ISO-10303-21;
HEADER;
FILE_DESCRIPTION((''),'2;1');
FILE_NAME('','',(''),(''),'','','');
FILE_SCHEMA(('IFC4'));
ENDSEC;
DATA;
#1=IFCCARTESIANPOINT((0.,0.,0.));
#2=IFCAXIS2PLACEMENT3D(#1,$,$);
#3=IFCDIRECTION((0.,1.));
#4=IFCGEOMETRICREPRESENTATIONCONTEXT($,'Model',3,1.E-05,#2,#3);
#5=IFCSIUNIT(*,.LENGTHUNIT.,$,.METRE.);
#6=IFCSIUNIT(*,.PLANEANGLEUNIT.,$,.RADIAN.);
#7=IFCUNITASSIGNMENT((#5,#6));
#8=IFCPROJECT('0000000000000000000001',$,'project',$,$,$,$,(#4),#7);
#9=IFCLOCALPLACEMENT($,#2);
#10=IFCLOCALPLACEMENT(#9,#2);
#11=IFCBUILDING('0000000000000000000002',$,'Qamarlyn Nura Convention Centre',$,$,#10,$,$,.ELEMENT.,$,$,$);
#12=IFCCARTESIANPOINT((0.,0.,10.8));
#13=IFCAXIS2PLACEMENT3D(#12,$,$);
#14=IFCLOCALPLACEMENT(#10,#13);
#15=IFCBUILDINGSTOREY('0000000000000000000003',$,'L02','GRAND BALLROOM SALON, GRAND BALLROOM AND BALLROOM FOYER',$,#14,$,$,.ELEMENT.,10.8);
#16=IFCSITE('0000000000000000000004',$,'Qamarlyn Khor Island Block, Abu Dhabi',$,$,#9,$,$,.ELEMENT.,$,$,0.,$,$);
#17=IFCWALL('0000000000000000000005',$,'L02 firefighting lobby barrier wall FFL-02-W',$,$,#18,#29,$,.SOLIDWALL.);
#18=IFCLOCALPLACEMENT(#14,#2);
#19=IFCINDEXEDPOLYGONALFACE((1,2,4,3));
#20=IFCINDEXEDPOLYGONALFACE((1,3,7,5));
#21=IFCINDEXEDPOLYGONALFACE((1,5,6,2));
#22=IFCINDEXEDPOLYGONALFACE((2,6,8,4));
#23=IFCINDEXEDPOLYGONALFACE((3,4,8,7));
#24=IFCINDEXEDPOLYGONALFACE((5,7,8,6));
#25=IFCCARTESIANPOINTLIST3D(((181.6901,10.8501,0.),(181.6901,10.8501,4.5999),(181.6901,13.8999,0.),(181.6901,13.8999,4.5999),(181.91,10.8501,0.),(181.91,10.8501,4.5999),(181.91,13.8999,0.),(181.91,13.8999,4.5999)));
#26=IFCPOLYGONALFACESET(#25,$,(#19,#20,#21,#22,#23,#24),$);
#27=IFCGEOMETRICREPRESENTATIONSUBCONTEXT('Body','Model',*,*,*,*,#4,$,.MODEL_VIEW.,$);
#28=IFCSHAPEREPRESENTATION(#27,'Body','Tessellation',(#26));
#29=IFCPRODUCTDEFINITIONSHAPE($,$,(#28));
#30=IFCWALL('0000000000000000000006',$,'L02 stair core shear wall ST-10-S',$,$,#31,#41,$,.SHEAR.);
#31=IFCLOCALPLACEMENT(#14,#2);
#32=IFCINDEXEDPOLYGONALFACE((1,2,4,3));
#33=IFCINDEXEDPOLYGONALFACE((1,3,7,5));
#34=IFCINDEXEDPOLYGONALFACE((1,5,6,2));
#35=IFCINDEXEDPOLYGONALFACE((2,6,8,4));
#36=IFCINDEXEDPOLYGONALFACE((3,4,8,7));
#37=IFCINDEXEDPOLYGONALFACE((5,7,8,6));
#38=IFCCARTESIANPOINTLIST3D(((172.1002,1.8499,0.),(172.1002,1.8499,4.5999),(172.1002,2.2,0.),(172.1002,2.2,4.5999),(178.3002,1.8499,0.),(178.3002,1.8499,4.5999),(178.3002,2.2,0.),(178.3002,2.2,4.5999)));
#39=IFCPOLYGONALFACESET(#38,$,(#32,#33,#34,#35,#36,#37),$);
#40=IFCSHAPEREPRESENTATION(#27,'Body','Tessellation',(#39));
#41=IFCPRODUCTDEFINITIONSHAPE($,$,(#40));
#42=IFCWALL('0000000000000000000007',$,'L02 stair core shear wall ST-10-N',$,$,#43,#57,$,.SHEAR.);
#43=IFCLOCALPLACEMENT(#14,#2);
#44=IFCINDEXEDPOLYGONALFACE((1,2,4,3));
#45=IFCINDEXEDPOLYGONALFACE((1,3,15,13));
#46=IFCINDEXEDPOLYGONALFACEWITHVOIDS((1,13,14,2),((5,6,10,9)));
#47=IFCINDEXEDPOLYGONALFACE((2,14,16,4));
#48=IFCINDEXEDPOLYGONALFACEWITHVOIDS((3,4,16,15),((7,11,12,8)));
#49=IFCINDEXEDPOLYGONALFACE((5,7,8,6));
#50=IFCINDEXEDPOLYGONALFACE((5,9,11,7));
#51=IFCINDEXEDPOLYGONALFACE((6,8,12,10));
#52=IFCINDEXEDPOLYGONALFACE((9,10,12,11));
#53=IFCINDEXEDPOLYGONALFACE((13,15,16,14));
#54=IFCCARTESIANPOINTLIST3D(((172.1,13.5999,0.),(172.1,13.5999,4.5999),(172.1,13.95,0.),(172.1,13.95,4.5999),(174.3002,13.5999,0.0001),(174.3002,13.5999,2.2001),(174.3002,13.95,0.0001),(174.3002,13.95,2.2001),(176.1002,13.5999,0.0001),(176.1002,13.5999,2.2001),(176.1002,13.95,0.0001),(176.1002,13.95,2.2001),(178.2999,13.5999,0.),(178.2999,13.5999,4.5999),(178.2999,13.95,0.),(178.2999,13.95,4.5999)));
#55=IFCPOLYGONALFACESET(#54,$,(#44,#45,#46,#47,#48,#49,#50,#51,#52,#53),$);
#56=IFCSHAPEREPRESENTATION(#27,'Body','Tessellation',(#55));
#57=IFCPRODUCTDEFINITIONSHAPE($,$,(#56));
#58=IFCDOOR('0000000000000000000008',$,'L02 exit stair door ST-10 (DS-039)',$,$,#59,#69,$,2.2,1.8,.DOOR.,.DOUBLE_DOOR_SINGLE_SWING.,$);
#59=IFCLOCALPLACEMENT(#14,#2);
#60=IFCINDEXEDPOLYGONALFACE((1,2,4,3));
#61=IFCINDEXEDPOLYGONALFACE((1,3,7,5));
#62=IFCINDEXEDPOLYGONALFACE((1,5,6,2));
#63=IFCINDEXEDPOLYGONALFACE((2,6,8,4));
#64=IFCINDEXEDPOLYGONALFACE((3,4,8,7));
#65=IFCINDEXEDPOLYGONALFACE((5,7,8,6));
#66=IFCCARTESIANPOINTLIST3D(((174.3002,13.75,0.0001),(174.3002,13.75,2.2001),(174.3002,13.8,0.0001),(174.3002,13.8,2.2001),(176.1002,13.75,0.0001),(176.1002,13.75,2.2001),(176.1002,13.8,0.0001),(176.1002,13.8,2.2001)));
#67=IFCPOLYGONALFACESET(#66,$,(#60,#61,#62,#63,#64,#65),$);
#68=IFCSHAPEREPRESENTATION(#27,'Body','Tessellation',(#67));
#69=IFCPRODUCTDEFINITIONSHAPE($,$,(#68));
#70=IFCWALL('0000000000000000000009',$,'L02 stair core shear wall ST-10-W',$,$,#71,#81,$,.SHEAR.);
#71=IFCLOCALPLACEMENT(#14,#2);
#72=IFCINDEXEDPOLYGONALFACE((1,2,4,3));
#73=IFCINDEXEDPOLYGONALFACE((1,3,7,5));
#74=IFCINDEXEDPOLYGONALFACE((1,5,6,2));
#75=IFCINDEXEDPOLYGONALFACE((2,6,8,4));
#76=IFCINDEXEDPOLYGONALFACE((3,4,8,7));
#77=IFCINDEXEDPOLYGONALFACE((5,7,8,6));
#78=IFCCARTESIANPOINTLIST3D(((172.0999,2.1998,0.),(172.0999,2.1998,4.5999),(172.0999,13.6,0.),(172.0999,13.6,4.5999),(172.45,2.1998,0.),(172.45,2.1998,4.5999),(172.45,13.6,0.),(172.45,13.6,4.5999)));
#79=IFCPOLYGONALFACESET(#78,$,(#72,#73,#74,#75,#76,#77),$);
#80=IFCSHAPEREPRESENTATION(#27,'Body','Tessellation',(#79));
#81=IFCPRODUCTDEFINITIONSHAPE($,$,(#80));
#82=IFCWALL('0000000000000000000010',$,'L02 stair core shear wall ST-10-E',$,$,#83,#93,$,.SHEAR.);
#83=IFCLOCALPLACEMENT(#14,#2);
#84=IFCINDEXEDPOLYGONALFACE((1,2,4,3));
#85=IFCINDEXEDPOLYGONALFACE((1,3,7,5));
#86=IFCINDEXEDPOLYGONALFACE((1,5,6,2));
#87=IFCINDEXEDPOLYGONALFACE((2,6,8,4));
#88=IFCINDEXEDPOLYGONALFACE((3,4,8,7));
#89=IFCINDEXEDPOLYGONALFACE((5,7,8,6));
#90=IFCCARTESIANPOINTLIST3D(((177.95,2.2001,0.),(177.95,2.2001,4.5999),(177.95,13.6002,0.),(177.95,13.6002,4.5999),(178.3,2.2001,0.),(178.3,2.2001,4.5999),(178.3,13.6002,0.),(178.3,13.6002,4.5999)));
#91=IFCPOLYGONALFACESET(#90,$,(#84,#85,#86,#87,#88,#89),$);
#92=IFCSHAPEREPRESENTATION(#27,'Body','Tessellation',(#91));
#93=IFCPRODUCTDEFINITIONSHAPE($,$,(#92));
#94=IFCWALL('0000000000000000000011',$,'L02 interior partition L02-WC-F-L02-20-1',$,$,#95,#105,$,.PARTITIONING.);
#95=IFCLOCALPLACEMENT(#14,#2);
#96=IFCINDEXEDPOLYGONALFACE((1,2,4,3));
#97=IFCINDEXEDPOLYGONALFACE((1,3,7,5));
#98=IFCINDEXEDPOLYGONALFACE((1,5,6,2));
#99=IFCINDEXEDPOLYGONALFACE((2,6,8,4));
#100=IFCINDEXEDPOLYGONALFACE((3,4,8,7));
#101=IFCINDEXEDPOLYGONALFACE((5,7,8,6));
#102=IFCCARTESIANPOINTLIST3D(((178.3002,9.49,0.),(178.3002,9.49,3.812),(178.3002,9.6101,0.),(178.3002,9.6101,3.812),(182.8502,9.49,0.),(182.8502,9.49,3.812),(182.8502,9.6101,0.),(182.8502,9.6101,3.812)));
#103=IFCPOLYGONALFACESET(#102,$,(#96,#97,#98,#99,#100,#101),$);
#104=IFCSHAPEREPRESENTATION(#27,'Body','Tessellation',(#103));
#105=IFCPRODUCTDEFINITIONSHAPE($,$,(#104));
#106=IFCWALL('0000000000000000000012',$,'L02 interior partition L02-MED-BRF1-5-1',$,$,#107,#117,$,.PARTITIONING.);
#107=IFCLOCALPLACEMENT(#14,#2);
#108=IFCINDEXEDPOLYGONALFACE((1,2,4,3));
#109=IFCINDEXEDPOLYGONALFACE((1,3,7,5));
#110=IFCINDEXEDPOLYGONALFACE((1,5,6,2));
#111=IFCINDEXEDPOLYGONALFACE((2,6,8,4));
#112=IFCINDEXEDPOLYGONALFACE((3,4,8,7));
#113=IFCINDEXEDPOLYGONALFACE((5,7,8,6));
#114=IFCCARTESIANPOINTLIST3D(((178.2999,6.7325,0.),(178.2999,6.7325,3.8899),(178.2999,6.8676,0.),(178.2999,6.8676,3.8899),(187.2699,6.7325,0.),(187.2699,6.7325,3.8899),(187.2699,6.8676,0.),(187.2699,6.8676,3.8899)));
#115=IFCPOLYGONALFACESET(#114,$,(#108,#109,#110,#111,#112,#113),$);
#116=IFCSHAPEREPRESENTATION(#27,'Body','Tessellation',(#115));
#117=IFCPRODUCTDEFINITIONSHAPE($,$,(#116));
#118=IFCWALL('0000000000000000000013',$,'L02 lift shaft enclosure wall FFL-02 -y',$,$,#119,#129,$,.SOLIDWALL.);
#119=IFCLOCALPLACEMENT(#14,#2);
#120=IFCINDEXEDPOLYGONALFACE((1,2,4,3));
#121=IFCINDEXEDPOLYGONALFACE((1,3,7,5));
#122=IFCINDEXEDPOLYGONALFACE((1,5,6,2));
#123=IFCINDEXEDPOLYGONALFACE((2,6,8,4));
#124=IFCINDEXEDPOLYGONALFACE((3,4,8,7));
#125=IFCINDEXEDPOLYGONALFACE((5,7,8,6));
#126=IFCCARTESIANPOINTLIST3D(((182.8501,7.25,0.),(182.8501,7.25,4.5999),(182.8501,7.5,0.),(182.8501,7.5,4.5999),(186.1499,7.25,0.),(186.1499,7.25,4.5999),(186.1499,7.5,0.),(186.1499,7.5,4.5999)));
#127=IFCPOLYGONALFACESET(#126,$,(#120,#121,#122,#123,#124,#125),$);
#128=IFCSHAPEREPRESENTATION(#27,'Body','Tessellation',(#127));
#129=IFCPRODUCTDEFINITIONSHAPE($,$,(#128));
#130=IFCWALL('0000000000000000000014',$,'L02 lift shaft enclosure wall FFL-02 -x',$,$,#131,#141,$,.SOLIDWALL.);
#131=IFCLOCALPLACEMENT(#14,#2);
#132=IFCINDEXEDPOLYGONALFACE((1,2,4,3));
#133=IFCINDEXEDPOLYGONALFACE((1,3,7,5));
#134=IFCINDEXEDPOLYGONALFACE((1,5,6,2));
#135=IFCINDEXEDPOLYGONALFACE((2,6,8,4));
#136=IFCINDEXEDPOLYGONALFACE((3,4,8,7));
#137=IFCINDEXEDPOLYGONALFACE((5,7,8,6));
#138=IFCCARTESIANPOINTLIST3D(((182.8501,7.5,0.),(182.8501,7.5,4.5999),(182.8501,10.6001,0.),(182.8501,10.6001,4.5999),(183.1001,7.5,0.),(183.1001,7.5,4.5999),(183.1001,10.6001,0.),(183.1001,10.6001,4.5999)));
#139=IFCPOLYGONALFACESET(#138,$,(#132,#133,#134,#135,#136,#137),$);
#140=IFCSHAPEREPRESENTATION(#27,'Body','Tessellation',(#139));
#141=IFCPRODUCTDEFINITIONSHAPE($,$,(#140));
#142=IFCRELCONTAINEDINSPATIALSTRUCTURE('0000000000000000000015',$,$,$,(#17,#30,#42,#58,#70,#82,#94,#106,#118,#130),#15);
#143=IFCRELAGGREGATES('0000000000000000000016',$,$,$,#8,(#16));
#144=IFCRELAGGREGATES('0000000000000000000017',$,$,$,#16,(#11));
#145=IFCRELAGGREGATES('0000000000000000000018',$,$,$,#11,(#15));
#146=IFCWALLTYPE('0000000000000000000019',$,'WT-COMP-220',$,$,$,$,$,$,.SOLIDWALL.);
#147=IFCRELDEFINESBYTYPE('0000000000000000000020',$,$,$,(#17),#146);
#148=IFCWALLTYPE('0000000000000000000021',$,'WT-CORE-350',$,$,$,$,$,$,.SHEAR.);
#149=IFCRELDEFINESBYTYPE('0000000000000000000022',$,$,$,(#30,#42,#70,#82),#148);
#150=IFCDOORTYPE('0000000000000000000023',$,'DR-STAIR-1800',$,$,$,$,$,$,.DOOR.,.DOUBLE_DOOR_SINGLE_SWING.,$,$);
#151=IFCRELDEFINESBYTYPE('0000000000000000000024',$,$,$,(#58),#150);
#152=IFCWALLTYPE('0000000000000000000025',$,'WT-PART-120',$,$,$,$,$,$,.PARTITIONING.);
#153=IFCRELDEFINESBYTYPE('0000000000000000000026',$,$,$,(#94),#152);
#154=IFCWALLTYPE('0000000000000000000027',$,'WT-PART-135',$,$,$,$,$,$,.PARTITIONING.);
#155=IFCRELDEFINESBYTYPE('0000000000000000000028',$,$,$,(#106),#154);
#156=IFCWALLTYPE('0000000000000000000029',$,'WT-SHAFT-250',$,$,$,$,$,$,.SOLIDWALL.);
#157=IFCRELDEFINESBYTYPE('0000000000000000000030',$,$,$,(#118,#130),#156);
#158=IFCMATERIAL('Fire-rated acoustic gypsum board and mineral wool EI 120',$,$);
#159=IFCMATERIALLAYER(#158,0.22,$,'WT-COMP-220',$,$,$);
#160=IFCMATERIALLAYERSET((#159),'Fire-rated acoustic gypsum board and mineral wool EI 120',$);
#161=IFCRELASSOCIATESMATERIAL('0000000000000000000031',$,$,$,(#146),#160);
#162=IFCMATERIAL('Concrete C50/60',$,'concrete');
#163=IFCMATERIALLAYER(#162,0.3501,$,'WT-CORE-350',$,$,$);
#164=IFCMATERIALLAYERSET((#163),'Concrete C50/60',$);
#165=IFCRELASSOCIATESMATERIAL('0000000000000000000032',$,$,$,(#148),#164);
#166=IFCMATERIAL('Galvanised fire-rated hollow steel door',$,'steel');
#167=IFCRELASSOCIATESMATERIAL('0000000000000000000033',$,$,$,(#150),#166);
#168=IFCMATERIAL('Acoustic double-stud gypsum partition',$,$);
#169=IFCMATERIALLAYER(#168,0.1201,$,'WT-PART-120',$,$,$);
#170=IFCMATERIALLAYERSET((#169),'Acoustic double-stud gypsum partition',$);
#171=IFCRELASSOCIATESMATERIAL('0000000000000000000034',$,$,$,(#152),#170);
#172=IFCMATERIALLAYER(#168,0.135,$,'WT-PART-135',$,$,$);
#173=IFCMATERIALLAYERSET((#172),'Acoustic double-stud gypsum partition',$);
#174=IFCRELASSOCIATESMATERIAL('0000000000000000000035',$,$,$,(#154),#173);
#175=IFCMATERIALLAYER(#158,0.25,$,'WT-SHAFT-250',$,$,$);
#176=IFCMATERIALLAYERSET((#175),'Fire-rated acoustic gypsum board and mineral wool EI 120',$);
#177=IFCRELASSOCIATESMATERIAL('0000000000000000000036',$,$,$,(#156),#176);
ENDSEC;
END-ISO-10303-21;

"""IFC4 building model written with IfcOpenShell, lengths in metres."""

from ifc_helpers import new_model, si_unit, direction, frame, frame_2d, origin, place, context, subcontext, project, spatial, rectangle, extrude, material, layer, layer_set, type_object, element, fill, save


model = new_model("IFC4")

# Units and contexts
model_context = context("Model", 3, precision=1e-05, world=origin(), true_north=direction((0.0, 1.0)))
body_context = subcontext(model_context, "Body", "Model", "MODEL_VIEW")
ifc_project = project(units=[si_unit("LENGTHUNIT", "METRE"), si_unit("PLANEANGLEUNIT", "RADIAN")], contexts=[model_context])

# Site, building, storey
site_placement = place(None, origin())
site = spatial("IfcSite", under=ifc_project, at=site_placement, Name="Qamarlyn Khor Island Block, Abu Dhabi", CompositionType="ELEMENT", RefElevation=0.0)
building_placement = place(site_placement, origin())
building = spatial("IfcBuilding", under=site, at=building_placement, Name="Qamarlyn Nura Convention Centre", CompositionType="ELEMENT")
storey_placement = place(building_placement, frame((0.0, 0.0, 10.8)))
storey = spatial("IfcBuildingStorey", under=building, at=storey_placement, Name="L02", Description="GRAND BALLROOM SALON, GRAND BALLROOM AND BALLROOM FOYER", CompositionType="ELEMENT", Elevation=10.8)

# Walls
ifc_material_1 = material(Name="Fire-rated acoustic gypsum board and mineral wool EI 120")
ifc_layer_1 = layer(ifc_material_1, 0.22, Name="WT-COMP-220")
ifc_layer_set_1 = layer_set([ifc_layer_1], Name="Fire-rated acoustic gypsum board and mineral wool EI 120")
wall_type_1 = type_object("IfcWallType", Name="WT-COMP-220", PredefinedType="SOLIDWALL", material=ifc_layer_set_1)
wall_1_placement = place(storey_placement, frame((181.8, 10.8501, 0.0), z_axis=(0.0, 0.0, 1.0), x_axis=(0.0, 1.0, 0.0)))
element("IfcWall", 1, at=wall_1_placement, inside=storey, type_object=wall_type_1, Name="L02 firefighting lobby barrier wall FFL-02-W", PredefinedType="SOLIDWALL", context=body_context, shape_type="SweptSolid", body=[
    extrude(rectangle(XDim=3.0498, YDim=0.22, at=frame_2d((1.5249, 0.0))), origin(), (0.0, 0.0, 1.0), 4.5999),
])
ifc_material_2 = material(Name="Concrete C50/60", Category="concrete")
ifc_layer_2 = layer(ifc_material_2, 0.3501, Name="WT-CORE-350")
ifc_layer_set_2 = layer_set([ifc_layer_2], Name="Concrete C50/60")
wall_type_2 = type_object("IfcWallType", Name="WT-CORE-350", PredefinedType="SHEAR", material=ifc_layer_set_2)
wall_2_placement = place(storey_placement, frame((172.1001, 2.0249, 0.0), z_axis=(0.0, 0.0, 1.0), x_axis=(1.0, 0.0, 0.0)))
element("IfcWall", 2, at=wall_2_placement, inside=storey, type_object=wall_type_2, Name="L02 stair core shear wall ST-10-S", PredefinedType="SHEAR", context=body_context, shape_type="SweptSolid", body=[
    extrude(rectangle(XDim=6.2, YDim=0.3501, at=frame_2d((3.1001, 0.0))), origin(), (0.0, 0.0, 1.0), 4.5999),
])

# Wall, opening, door
wall_3_placement = place(storey_placement, frame((178.3, 13.7749, 0.0), z_axis=(0.0, 0.0, 1.0), x_axis=(-1.0, 0.0, 0.0)))
wall_3 = element("IfcWall", 3, at=wall_3_placement, inside=storey, type_object=wall_type_2, Name="L02 stair core shear wall ST-10-N", PredefinedType="SHEAR", context=body_context, shape_type="SweptSolid", body=[
    extrude(rectangle(XDim=6.2, YDim=0.3501, at=frame_2d((3.1001, 0.0))), origin(), (0.0, 0.0, 1.0), 4.5999),
])
opening_placement = place(wall_3_placement, frame((2.2, 0.0, 0.0)))
opening = element("IfcOpeningElement", 4, at=opening_placement, cuts=wall_3, PredefinedType="OPENING", context=body_context, shape_type="SweptSolid", body=[
    extrude(rectangle(XDim=1.8, YDim=2.2, at=frame_2d((0.8999, 1.1001))), frame((0.0, 0.1851, 0.0), z_axis=(0.0, -1.0, 0.0), x_axis=(1.0, 0.0, 0.0)), (0.0, 0.0, 1.0), 0.3701),
])
ifc_material_3 = material(Name="Galvanised fire-rated hollow steel door", Category="steel")
door_type = type_object("IfcDoorType", Name="DR-STAIR-1800", OperationType="DOUBLE_DOOR_SINGLE_SWING", PredefinedType="DOOR", material=ifc_material_3)
door_placement = place(opening_placement, origin())
door = element("IfcDoor", 5, at=door_placement, inside=storey, type_object=door_type, Name="L02 exit stair door ST-10 (DS-039)", OperationType="DOUBLE_DOOR_SINGLE_SWING", OverallHeight=2.2, OverallWidth=1.8, PredefinedType="DOOR", context=body_context, shape_type="SweptSolid", body=[
    extrude(rectangle(XDim=1.8, YDim=2.2, at=frame_2d((0.8999, 1.1001))), frame((0.0, 0.0249, 0.0), z_axis=(0.0, -1.0, 0.0), x_axis=(1.0, 0.0, 0.0)), (0.0, 0.0, 1.0), 0.05),
])
fill(opening, door)

# Walls
for number, where, z_axis, x_axis, name in (
    (6, (172.2749, 13.6001, 0.0), (0.0, 0.0, 1.0), (0.0, -1.0, 0.0), "L02 stair core shear wall ST-10-W"),
    (7, (178.125, 2.2, 0.0), (0.0, 0.0, 1.0), (0.0, 1.0, 0.0), "L02 stair core shear wall ST-10-E"),
):
    element("IfcWall", number, at=place(storey_placement, frame(where, z_axis=z_axis, x_axis=x_axis)), inside=storey, type_object=wall_type_2, Name=name, PredefinedType="SHEAR", context=body_context, shape_type="SweptSolid", body=[
        extrude(rectangle(XDim=11.4001, YDim=0.3501, at=frame_2d((5.7002, 0.0))), origin(), (0.0, 0.0, 1.0), 4.5999),
    ])
ifc_material_4 = material(Name="Acoustic double-stud gypsum partition")
ifc_layer_3 = layer(ifc_material_4, 0.1201, Name="WT-PART-120")
ifc_layer_set_3 = layer_set([ifc_layer_3], Name="Acoustic double-stud gypsum partition")
wall_type_3 = type_object("IfcWallType", Name="WT-PART-120", PredefinedType="PARTITIONING", material=ifc_layer_set_3)
wall_4_placement = place(storey_placement, frame((182.8501, 9.55, 0.0), z_axis=(0.0, 0.0, 1.0), x_axis=(-1.0, 0.0, 0.0)))
element("IfcWall", 8, at=wall_4_placement, inside=storey, type_object=wall_type_3, Name="L02 interior partition L02-WC-F-L02-20-1", PredefinedType="PARTITIONING", context=body_context, shape_type="SweptSolid", body=[
    extrude(rectangle(XDim=4.55, YDim=0.1201, at=frame_2d((2.2749, 0.0))), origin(), (0.0, 0.0, 1.0), 3.812),
])
ifc_layer_4 = layer(ifc_material_4, 0.135, Name="WT-PART-135")
ifc_layer_set_4 = layer_set([ifc_layer_4], Name="Acoustic double-stud gypsum partition")
wall_type_4 = type_object("IfcWallType", Name="WT-PART-135", PredefinedType="PARTITIONING", material=ifc_layer_set_4)
wall_5_placement = place(storey_placement, frame((178.3, 6.8, 0.0), z_axis=(0.0, 0.0, 1.0), x_axis=(1.0, 0.0, 0.0)))
element("IfcWall", 9, at=wall_5_placement, inside=storey, type_object=wall_type_4, Name="L02 interior partition L02-MED-BRF1-5-1", PredefinedType="PARTITIONING", context=body_context, shape_type="SweptSolid", body=[
    extrude(rectangle(XDim=8.97, YDim=0.135, at=frame_2d((4.4849, 0.0))), origin(), (0.0, 0.0, 1.0), 3.8899),
])
ifc_layer_5 = layer(ifc_material_1, 0.25, Name="WT-SHAFT-250")
ifc_layer_set_5 = layer_set([ifc_layer_5], Name="Fire-rated acoustic gypsum board and mineral wool EI 120")
wall_type_5 = type_object("IfcWallType", Name="WT-SHAFT-250", PredefinedType="SOLIDWALL", material=ifc_layer_set_5)
wall_6_placement = place(storey_placement, frame((182.8501, 7.375, 0.0), z_axis=(0.0, 0.0, 1.0), x_axis=(1.0, 0.0, 0.0)))
element("IfcWall", 10, at=wall_6_placement, inside=storey, type_object=wall_type_5, Name="L02 lift shaft enclosure wall FFL-02 -y", PredefinedType="SOLIDWALL", context=body_context, shape_type="SweptSolid", body=[
    extrude(rectangle(XDim=3.2998, YDim=0.25, at=frame_2d((1.6499, 0.0))), origin(), (0.0, 0.0, 1.0), 4.5999),
])
wall_7_placement = place(storey_placement, frame((182.9751, 10.6001, 0.0), z_axis=(0.0, 0.0, 1.0), x_axis=(0.0, -1.0, 0.0)))
element("IfcWall", 11, at=wall_7_placement, inside=storey, type_object=wall_type_5, Name="L02 lift shaft enclosure wall FFL-02 -x", PredefinedType="SOLIDWALL", context=body_context, shape_type="SweptSolid", body=[
    extrude(rectangle(XDim=3.1001, YDim=0.25, at=frame_2d((1.55, 0.0))), origin(), (0.0, 0.0, 1.0), 4.5999),
])

save(model, "model.ifc")
